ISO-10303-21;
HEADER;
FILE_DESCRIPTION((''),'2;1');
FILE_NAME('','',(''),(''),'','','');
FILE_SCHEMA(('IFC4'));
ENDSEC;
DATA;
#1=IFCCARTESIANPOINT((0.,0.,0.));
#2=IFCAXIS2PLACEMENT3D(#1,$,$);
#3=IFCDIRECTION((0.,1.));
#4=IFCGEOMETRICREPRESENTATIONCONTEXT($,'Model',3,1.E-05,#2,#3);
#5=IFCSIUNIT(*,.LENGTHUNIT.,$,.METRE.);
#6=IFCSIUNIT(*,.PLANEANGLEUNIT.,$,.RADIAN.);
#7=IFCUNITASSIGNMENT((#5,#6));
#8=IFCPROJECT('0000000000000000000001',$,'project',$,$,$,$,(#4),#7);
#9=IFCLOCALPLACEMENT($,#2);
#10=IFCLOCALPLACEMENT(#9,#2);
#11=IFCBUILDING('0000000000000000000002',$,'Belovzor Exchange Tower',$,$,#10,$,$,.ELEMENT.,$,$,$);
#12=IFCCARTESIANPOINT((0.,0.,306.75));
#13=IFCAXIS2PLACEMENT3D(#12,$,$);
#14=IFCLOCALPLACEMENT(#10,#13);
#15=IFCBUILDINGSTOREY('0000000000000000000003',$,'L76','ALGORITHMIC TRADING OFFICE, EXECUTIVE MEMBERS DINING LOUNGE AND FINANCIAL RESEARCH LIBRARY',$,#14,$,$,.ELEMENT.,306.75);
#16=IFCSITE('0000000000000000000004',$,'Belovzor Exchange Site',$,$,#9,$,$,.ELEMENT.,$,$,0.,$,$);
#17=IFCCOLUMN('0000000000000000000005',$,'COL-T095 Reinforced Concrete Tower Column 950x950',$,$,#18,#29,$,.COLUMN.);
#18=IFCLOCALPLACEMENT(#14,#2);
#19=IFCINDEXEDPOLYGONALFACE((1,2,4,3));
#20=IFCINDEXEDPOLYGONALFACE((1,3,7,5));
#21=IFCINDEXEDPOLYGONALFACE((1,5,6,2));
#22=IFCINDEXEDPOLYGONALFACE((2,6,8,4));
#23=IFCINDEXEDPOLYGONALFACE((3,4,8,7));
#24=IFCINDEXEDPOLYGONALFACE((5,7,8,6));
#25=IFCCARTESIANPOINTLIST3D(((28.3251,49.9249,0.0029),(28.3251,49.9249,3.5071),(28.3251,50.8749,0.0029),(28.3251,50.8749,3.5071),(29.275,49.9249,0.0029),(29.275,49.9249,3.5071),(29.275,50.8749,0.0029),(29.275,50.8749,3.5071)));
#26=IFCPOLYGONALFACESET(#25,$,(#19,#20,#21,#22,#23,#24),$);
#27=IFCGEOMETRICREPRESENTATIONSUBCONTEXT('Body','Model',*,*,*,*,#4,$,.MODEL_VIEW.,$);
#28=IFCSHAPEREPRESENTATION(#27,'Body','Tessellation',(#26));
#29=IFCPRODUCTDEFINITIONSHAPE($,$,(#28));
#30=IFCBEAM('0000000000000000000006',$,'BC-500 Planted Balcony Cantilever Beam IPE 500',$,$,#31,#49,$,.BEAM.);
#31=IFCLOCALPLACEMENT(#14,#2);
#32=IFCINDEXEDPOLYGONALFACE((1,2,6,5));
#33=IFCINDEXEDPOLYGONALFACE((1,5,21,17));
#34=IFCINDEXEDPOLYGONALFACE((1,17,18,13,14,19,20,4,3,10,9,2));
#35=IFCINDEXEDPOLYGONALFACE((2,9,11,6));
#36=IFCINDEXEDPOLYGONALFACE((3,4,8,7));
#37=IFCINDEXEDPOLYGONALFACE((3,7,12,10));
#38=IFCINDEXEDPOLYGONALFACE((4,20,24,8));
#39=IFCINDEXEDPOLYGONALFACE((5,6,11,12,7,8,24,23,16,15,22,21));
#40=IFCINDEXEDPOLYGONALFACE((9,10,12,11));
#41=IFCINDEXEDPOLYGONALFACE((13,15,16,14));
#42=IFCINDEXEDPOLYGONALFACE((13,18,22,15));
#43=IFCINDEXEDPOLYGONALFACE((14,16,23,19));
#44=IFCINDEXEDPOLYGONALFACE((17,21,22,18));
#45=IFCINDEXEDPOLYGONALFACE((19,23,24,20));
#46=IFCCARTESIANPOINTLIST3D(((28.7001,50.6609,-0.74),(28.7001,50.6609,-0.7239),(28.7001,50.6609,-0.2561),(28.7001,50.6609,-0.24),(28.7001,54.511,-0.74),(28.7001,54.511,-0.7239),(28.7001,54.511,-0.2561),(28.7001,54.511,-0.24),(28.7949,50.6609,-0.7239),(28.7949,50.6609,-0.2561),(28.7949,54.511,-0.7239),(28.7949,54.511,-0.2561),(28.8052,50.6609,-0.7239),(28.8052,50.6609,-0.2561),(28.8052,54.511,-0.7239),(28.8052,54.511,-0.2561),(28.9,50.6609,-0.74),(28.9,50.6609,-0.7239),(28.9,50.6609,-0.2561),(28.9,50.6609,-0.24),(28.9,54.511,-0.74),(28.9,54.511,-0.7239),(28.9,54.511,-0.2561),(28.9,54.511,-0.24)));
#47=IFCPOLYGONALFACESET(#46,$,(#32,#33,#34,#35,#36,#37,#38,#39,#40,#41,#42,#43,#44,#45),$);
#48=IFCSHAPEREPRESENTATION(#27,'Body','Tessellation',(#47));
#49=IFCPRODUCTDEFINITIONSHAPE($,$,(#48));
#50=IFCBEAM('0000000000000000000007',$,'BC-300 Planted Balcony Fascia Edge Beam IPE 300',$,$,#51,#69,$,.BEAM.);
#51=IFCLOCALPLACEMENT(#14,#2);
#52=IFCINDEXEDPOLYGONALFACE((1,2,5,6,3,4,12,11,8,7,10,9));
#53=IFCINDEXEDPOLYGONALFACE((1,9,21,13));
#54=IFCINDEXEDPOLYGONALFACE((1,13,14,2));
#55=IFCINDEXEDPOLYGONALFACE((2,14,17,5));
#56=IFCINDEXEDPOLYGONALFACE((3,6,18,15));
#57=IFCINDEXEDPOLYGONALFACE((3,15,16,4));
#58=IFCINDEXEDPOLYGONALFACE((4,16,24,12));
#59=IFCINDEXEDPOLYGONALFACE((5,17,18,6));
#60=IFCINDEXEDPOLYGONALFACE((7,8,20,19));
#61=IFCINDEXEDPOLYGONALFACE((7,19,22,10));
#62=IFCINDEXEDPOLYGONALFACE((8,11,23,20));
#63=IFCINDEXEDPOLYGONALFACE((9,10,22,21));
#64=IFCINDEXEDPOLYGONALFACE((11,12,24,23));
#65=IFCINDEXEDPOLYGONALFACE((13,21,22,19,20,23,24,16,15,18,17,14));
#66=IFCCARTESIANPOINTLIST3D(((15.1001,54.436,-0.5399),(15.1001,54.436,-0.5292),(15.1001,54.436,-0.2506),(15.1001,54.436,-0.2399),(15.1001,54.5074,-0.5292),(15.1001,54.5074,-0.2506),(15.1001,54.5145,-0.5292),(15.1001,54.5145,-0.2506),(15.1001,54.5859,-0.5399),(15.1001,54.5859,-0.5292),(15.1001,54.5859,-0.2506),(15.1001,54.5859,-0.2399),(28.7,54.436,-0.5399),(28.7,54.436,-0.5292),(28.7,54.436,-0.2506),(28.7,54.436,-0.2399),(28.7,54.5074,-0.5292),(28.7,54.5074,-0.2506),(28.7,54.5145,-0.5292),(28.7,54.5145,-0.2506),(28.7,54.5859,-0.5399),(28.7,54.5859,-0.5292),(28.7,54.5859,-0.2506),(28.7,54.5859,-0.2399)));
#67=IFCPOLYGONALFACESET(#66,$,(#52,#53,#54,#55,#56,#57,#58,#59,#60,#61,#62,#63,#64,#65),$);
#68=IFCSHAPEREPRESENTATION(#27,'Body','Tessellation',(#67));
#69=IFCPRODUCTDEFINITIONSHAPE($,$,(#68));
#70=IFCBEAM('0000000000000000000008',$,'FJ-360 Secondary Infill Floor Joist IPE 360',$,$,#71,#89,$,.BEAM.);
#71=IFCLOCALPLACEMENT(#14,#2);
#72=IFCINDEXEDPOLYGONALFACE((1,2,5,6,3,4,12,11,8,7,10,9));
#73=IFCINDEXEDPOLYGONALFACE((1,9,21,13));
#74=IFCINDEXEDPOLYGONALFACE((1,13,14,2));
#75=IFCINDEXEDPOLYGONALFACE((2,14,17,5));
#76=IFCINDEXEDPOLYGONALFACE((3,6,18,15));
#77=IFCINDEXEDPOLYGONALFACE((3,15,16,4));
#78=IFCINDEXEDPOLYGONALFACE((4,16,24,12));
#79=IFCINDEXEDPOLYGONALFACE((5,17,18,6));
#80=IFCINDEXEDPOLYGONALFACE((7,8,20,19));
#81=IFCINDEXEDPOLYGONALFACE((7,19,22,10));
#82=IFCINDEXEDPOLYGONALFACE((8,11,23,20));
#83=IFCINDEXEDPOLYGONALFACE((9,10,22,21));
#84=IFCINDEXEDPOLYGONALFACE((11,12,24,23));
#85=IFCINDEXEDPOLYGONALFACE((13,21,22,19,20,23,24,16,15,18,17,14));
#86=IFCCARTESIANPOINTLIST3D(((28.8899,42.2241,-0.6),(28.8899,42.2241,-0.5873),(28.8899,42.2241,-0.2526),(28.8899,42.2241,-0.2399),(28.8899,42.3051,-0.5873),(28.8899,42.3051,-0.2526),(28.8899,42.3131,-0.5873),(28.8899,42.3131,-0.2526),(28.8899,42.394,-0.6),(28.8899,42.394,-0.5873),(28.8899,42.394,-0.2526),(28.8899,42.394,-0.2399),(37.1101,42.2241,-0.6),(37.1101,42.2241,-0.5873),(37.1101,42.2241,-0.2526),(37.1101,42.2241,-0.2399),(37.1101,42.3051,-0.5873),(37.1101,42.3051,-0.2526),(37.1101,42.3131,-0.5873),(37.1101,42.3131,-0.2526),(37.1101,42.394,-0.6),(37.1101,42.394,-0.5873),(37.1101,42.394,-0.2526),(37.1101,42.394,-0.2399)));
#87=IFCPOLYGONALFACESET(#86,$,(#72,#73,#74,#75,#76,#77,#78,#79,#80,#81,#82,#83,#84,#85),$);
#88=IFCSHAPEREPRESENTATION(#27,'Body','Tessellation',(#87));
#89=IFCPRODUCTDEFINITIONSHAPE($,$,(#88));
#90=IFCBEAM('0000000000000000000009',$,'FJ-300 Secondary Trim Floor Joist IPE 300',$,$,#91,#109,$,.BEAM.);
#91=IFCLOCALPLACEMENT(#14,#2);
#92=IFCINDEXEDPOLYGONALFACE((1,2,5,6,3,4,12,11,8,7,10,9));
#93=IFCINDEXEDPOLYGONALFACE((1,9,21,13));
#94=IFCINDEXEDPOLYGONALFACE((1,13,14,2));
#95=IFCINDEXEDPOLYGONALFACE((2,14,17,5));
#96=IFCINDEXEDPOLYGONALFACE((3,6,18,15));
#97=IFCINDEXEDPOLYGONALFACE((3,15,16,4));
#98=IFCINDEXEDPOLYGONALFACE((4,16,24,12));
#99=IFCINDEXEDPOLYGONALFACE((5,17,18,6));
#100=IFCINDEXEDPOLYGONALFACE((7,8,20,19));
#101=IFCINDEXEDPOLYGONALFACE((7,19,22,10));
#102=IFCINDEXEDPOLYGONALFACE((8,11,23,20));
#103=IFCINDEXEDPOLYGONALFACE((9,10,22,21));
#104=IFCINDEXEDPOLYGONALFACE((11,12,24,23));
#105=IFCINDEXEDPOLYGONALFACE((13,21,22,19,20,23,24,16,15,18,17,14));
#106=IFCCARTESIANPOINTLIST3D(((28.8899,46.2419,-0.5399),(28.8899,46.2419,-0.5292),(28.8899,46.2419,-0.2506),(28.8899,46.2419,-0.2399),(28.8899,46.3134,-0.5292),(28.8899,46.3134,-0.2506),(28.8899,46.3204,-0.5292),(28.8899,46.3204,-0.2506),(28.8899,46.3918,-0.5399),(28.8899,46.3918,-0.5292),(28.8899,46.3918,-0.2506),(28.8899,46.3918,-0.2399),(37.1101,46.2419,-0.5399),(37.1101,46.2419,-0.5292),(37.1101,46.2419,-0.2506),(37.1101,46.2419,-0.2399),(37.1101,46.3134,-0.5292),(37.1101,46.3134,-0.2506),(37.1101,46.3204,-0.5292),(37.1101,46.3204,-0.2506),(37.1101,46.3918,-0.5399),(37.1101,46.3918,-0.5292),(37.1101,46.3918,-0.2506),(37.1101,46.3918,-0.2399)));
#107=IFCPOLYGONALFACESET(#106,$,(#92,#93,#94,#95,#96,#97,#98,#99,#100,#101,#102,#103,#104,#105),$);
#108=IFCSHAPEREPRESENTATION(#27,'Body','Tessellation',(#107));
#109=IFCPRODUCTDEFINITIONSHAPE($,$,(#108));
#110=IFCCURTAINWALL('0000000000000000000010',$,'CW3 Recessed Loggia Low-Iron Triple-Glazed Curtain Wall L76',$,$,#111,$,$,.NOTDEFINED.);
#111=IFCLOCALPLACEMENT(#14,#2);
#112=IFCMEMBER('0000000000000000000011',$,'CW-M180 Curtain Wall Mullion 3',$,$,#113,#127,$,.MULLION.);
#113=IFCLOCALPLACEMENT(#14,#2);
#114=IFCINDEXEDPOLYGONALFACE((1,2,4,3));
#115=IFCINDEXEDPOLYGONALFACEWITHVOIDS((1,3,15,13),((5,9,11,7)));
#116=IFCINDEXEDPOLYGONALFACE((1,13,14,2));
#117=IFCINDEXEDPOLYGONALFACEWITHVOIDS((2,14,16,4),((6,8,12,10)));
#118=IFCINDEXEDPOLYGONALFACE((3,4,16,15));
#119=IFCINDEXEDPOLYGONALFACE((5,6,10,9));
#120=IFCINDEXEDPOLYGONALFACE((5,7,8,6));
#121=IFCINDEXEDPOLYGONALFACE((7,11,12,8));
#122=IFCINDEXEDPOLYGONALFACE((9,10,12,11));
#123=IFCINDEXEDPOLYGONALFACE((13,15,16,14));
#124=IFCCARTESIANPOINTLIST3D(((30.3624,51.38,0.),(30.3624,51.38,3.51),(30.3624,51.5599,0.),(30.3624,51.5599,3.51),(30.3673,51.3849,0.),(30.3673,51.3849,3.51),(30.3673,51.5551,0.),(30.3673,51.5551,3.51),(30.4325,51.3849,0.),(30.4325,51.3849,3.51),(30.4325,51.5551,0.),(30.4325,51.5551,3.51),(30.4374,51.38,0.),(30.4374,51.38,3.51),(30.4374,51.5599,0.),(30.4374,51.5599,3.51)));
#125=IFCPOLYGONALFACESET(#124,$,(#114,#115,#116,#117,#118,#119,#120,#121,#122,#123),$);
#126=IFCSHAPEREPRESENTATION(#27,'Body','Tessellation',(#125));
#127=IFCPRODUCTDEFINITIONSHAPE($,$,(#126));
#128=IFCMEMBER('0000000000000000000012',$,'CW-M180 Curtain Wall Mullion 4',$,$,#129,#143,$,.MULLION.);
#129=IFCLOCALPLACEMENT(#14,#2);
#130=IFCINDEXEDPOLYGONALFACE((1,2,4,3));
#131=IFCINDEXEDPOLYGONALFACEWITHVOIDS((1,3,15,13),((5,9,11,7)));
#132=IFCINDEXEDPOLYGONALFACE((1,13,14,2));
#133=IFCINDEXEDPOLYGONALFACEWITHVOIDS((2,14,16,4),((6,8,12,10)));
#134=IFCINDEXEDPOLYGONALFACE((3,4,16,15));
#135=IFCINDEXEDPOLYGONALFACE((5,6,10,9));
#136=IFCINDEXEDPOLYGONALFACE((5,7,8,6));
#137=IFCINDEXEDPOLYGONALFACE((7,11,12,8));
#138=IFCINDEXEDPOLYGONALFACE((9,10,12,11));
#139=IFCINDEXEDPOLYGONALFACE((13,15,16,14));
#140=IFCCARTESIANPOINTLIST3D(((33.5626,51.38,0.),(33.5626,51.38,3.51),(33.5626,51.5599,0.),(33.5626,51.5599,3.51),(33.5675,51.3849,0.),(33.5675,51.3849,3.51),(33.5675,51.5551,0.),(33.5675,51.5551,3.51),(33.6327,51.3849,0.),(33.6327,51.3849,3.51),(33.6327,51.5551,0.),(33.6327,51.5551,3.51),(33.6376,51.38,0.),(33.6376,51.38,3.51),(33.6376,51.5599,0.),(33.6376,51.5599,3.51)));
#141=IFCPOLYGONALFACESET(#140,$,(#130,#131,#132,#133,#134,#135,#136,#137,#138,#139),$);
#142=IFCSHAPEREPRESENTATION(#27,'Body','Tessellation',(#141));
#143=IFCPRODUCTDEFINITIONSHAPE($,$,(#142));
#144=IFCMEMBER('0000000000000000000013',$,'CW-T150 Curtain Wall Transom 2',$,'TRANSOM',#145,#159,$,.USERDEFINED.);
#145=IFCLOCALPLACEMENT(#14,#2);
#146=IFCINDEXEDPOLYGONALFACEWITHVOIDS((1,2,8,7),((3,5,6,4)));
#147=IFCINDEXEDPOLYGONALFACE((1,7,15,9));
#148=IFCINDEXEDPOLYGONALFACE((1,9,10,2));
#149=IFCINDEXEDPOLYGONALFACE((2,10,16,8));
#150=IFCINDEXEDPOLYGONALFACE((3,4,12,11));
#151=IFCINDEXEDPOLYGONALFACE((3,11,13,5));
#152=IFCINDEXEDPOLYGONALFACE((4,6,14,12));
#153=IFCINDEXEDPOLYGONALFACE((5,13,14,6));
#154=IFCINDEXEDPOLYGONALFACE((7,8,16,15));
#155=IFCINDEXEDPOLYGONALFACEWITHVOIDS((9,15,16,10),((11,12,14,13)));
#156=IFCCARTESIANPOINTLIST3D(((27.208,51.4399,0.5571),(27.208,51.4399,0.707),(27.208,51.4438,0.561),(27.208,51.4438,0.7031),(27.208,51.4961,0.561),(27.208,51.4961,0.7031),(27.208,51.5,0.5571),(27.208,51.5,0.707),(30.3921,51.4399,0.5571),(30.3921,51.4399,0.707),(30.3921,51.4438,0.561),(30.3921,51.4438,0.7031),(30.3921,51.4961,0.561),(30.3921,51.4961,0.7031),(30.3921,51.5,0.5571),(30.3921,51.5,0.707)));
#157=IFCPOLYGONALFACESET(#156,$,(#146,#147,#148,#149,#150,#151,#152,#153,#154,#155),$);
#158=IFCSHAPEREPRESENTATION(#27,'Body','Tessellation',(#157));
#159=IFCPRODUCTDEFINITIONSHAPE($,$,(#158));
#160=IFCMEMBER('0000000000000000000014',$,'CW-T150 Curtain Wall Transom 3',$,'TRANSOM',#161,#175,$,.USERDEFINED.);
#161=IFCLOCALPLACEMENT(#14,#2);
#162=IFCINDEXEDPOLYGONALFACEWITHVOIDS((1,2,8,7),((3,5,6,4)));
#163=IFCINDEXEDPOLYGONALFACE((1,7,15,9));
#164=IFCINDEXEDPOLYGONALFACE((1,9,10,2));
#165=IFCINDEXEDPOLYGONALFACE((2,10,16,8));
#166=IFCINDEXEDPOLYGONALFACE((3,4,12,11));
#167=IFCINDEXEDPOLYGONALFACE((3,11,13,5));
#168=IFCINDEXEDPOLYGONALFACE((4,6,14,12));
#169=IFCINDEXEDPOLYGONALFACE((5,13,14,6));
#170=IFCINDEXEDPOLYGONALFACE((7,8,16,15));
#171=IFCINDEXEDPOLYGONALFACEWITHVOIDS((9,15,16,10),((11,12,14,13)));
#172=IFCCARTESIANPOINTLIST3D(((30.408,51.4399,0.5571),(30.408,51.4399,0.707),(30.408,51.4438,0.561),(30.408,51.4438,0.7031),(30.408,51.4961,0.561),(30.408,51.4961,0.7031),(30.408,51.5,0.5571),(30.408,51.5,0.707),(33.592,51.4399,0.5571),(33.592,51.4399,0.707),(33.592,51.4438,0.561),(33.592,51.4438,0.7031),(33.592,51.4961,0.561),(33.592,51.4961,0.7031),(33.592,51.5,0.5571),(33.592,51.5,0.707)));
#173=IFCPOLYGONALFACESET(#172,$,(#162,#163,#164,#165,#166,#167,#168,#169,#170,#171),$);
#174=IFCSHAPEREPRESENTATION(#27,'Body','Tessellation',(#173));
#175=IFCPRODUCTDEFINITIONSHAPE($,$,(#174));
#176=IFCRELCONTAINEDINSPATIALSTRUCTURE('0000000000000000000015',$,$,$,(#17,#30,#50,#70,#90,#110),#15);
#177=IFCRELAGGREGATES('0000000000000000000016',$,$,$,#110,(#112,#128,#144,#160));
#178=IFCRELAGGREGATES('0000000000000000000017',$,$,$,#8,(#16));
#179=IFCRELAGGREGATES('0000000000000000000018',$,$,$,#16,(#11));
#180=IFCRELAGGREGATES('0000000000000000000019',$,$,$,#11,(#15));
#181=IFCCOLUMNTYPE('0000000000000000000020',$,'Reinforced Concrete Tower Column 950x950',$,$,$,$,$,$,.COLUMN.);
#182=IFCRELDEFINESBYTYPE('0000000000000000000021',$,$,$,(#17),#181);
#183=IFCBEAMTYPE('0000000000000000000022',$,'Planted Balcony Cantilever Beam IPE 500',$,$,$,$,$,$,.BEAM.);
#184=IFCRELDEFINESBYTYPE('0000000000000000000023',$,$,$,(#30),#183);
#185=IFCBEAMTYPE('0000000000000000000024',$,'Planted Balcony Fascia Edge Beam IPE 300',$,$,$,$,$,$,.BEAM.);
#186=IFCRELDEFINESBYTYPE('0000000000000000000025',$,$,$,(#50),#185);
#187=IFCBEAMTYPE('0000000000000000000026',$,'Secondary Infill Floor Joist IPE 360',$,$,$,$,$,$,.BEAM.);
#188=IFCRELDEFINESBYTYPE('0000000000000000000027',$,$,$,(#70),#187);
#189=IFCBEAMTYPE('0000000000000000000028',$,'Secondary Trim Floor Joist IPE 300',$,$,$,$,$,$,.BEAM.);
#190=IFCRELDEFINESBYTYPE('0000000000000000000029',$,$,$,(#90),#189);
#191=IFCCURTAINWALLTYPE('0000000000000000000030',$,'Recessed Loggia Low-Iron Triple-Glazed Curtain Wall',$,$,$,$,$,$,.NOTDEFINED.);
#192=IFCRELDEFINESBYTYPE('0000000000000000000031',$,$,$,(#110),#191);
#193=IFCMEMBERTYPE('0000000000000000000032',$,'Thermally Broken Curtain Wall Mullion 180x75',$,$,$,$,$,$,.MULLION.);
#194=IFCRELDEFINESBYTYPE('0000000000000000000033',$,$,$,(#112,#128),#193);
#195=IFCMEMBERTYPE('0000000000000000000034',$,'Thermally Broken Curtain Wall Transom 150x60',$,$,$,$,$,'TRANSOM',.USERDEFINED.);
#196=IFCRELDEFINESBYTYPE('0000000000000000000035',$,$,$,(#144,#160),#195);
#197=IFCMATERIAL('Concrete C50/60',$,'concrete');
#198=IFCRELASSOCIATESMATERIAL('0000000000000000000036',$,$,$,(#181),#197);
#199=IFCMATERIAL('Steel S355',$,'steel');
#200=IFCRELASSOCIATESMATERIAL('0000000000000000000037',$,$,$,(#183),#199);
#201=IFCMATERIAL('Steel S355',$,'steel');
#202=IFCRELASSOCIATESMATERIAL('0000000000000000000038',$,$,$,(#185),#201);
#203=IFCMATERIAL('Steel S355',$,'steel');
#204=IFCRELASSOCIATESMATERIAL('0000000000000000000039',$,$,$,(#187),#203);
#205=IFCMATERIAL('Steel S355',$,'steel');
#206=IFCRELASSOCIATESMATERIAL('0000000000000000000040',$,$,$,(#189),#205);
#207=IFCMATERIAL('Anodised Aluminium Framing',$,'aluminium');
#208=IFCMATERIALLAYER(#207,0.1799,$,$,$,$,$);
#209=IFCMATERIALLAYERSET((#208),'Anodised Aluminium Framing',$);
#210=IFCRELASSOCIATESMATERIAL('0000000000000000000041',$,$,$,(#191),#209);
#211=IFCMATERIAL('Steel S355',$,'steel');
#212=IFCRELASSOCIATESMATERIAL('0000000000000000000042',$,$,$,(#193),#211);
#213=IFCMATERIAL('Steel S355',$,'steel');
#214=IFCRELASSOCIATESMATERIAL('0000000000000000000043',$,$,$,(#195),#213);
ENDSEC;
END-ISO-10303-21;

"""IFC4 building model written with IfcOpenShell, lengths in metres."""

from ifc_helpers import new_model, si_unit, direction, frame, origin, origin_2d, place, context, subcontext, project, spatial, rectangle, hollow_rectangle, i_section, extrude, material, layer, layer_set, material_profile, profile_set, type_object, element, aggregate, save


model = new_model("IFC4")

# Units and contexts
model_context = context("Model", 3, precision=1e-05, world=origin(), true_north=direction((0.0, 1.0)))
body_context = subcontext(model_context, "Body", "Model", "MODEL_VIEW")
ifc_project = project(units=[si_unit("LENGTHUNIT", "METRE"), si_unit("PLANEANGLEUNIT", "RADIAN")], contexts=[model_context])

# Site, building, storey
site_placement = place(None, origin())
site = spatial("IfcSite", under=ifc_project, at=site_placement, Name="Belovzor Exchange Site", CompositionType="ELEMENT", RefElevation=0.0)
building_placement = place(site_placement, origin())
building = spatial("IfcBuilding", under=site, at=building_placement, Name="Belovzor Exchange Tower", CompositionType="ELEMENT")
storey_placement = place(building_placement, frame((0.0, 0.0, 306.75)))
storey = spatial("IfcBuildingStorey", under=building, at=storey_placement, Name="L76", Description="ALGORITHMIC TRADING OFFICE, EXECUTIVE MEMBERS DINING LOUNGE AND FINANCIAL RESEARCH LIBRARY", CompositionType="ELEMENT", Elevation=306.75)

# Column
ifc_material_1 = material(Name="Concrete C50/60", Category="concrete")
ifc_material_profile_1 = material_profile(ifc_material_1, rectangle(XDim=0.95, YDim=0.95, at=origin_2d()))
ifc_profile_set_1 = profile_set([ifc_material_profile_1], Name="Concrete C50/60")
column_type = type_object("IfcColumnType", Name="Reinforced Concrete Tower Column 950x950", PredefinedType="COLUMN", material=ifc_profile_set_1)
column_placement = place(storey_placement, frame((28.8, 50.3999, 0.0029), z_axis=(0.0, 0.0, 1.0), x_axis=(1.0, 0.0, 0.0)))
element("IfcColumn", 1, at=column_placement, inside=storey, type_object=column_type, Name="COL-T095 Reinforced Concrete Tower Column 950x950", PredefinedType="COLUMN", context=body_context, shape_type="SweptSolid", body=[
    extrude(rectangle(XDim=0.95, YDim=0.95, at=origin_2d()), origin(), (0.0, 0.0, 1.0), 3.5042),
])

# Beams
ifc_material_2 = material(Name="Steel S355", Category="steel")
ifc_material_profile_2 = material_profile(ifc_material_2, i_section(OverallWidth=0.2, OverallDepth=0.5, WebThickness=0.0103, FlangeThickness=0.0161, at=origin_2d()))
ifc_profile_set_2 = profile_set([ifc_material_profile_2], Name="Steel S355")
beam_type_1 = type_object("IfcBeamType", Name="Planted Balcony Cantilever Beam IPE 500", PredefinedType="BEAM", material=ifc_profile_set_2)
beam_1_placement = place(storey_placement, frame((28.8, 50.6609, -0.49), z_axis=(0.0, 1.0, 0.0), x_axis=(-1.0, 0.0, 0.0)))
element("IfcBeam", 2, at=beam_1_placement, inside=storey, type_object=beam_type_1, Name="BC-500 Planted Balcony Cantilever Beam IPE 500", PredefinedType="BEAM", context=body_context, shape_type="SweptSolid", body=[
    extrude(i_section(OverallWidth=0.2, OverallDepth=0.5, WebThickness=0.0103, FlangeThickness=0.0161, at=origin_2d()), origin(), (0.0, 0.0, 1.0), 3.8501),
])
ifc_material_3 = material(Name="Steel S355", Category="steel")
ifc_material_profile_3 = material_profile(ifc_material_3, i_section(OverallWidth=0.1499, OverallDepth=0.3, WebThickness=0.0071, FlangeThickness=0.0107, at=origin_2d()))
ifc_profile_set_3 = profile_set([ifc_material_profile_3], Name="Steel S355")
beam_type_2 = type_object("IfcBeamType", Name="Planted Balcony Fascia Edge Beam IPE 300", PredefinedType="BEAM", material=ifc_profile_set_3)
beam_2_placement = place(storey_placement, frame((28.7, 54.511, -0.3899), z_axis=(-1.0, 0.0, 0.0), x_axis=(0.0, -1.0, 0.0)))
element("IfcBeam", 3, at=beam_2_placement, inside=storey, type_object=beam_type_2, Name="BC-300 Planted Balcony Fascia Edge Beam IPE 300", PredefinedType="BEAM", context=body_context, shape_type="SweptSolid", body=[
    extrude(i_section(OverallWidth=0.1499, OverallDepth=0.3, WebThickness=0.0071, FlangeThickness=0.0107, at=origin_2d()), origin(), (0.0, 0.0, 1.0), 13.5999),
])
ifc_material_4 = material(Name="Steel S355", Category="steel")
ifc_material_profile_4 = material_profile(ifc_material_4, i_section(OverallWidth=0.1699, OverallDepth=0.3601, WebThickness=0.0081, FlangeThickness=0.0127, at=origin_2d()))
ifc_profile_set_4 = profile_set([ifc_material_profile_4], Name="Steel S355")
beam_type_3 = type_object("IfcBeamType", Name="Secondary Infill Floor Joist IPE 360", PredefinedType="BEAM", material=ifc_profile_set_4)
beam_3_placement = place(storey_placement, frame((28.8899, 42.3091, -0.4199), z_axis=(1.0, 0.0, 0.0), x_axis=(0.0, 1.0, 0.0)))
element("IfcBeam", 4, at=beam_3_placement, inside=storey, type_object=beam_type_3, Name="FJ-360 Secondary Infill Floor Joist IPE 360", PredefinedType="BEAM", context=body_context, shape_type="SweptSolid", body=[
    extrude(i_section(OverallWidth=0.1699, OverallDepth=0.3601, WebThickness=0.0081, FlangeThickness=0.0127, at=origin_2d()), origin(), (0.0, 0.0, 1.0), 8.2202),
])
ifc_material_5 = material(Name="Steel S355", Category="steel")
ifc_material_profile_5 = material_profile(ifc_material_5, i_section(OverallWidth=0.1499, OverallDepth=0.3, WebThickness=0.0071, FlangeThickness=0.0107, at=origin_2d()))
ifc_profile_set_5 = profile_set([ifc_material_profile_5], Name="Steel S355")
beam_type_4 = type_object("IfcBeamType", Name="Secondary Trim Floor Joist IPE 300", PredefinedType="BEAM", material=ifc_profile_set_5)
beam_4_placement = place(storey_placement, frame((28.8899, 46.3169, -0.3899), z_axis=(1.0, 0.0, 0.0), x_axis=(0.0, 1.0, 0.0)))
element("IfcBeam", 5, at=beam_4_placement, inside=storey, type_object=beam_type_4, Name="FJ-300 Secondary Trim Floor Joist IPE 300", PredefinedType="BEAM", context=body_context, shape_type="SweptSolid", body=[
    extrude(i_section(OverallWidth=0.1499, OverallDepth=0.3, WebThickness=0.0071, FlangeThickness=0.0107, at=origin_2d()), origin(), (0.0, 0.0, 1.0), 8.2202),
])

# Curtain wall, members
ifc_material_6 = material(Name="Anodised Aluminium Framing", Category="aluminium")
ifc_layer_1 = layer(ifc_material_6, 0.1799)
ifc_layer_set_1 = layer_set([ifc_layer_1], Name="Anodised Aluminium Framing")
curtain_wall_type = type_object("IfcCurtainWallType", Name="Recessed Loggia Low-Iron Triple-Glazed Curtain Wall", PredefinedType="NOTDEFINED", material=ifc_layer_set_1)
curtain_wall_placement = place(storey_placement, origin())
curtain_wall = element("IfcCurtainWall", 6, at=curtain_wall_placement, inside=storey, type_object=curtain_wall_type, Name="CW3 Recessed Loggia Low-Iron Triple-Glazed Curtain Wall L76", PredefinedType="NOTDEFINED")
ifc_material_7 = material(Name="Steel S355", Category="steel")
ifc_material_profile_6 = material_profile(ifc_material_7, hollow_rectangle(XDim=0.075, YDim=0.1799, WallThickness=0.0049, at=origin_2d()))
ifc_profile_set_6 = profile_set([ifc_material_profile_6], Name="Steel S355")
member_type_1 = type_object("IfcMemberType", Name="Thermally Broken Curtain Wall Mullion 180x75", PredefinedType="MULLION", material=ifc_profile_set_6)
member_1_placement = place(storey_placement, frame((30.3999, 51.47, 0.0), z_axis=(0.0, 0.0, 1.0), x_axis=(1.0, 0.0, 0.0)))
member_1 = element("IfcMember", 7, at=member_1_placement, type_object=member_type_1, Name="CW-M180 Curtain Wall Mullion 3", PredefinedType="MULLION", context=body_context, shape_type="SweptSolid", body=[
    extrude(hollow_rectangle(XDim=0.075, YDim=0.1799, WallThickness=0.0049, at=origin_2d()), origin(), (0.0, 0.0, 1.0), 3.51),
])
member_2_placement = place(storey_placement, frame((33.6001, 51.47, 0.0), z_axis=(0.0, 0.0, 1.0), x_axis=(1.0, 0.0, 0.0)))
member_2 = element("IfcMember", 8, at=member_2_placement, type_object=member_type_1, Name="CW-M180 Curtain Wall Mullion 4", PredefinedType="MULLION", context=body_context, shape_type="SweptSolid", body=[
    extrude(hollow_rectangle(XDim=0.075, YDim=0.1799, WallThickness=0.0049, at=origin_2d()), origin(), (0.0, 0.0, 1.0), 3.51),
])
ifc_material_8 = material(Name="Steel S355", Category="steel")
ifc_material_profile_7 = material_profile(ifc_material_8, hollow_rectangle(XDim=0.0601, YDim=0.1499, WallThickness=0.0039, at=origin_2d()))
ifc_profile_set_7 = profile_set([ifc_material_profile_7], Name="Steel S355")
member_type_2 = type_object("IfcMemberType", Name="Thermally Broken Curtain Wall Transom 150x60", ElementType="TRANSOM", PredefinedType="USERDEFINED", material=ifc_profile_set_7)
member_3_placement = place(storey_placement, frame((27.208, 51.47, 0.6321), z_axis=(1.0, 0.0, 0.0), x_axis=(0.0, 1.0, 0.0)))
member_3 = element("IfcMember", 9, at=member_3_placement, type_object=member_type_2, Name="CW-T150 Curtain Wall Transom 2", ObjectType="TRANSOM", PredefinedType="USERDEFINED", context=body_context, shape_type="SweptSolid", body=[
    extrude(hollow_rectangle(XDim=0.0601, YDim=0.1499, WallThickness=0.0039, at=origin_2d()), origin(), (0.0, 0.0, 1.0), 3.1841),
])
member_4_placement = place(storey_placement, frame((30.408, 51.47, 0.6321), z_axis=(1.0, 0.0, 0.0), x_axis=(0.0, 1.0, 0.0)))
member_4 = element("IfcMember", 10, at=member_4_placement, type_object=member_type_2, Name="CW-T150 Curtain Wall Transom 3", ObjectType="TRANSOM", PredefinedType="USERDEFINED", context=body_context, shape_type="SweptSolid", body=[
    extrude(hollow_rectangle(XDim=0.0601, YDim=0.1499, WallThickness=0.0039, at=origin_2d()), origin(), (0.0, 0.0, 1.0), 3.1841),
])

aggregate(curtain_wall, [member_1, member_2, member_3, member_4])

save(model, "model.ifc")
